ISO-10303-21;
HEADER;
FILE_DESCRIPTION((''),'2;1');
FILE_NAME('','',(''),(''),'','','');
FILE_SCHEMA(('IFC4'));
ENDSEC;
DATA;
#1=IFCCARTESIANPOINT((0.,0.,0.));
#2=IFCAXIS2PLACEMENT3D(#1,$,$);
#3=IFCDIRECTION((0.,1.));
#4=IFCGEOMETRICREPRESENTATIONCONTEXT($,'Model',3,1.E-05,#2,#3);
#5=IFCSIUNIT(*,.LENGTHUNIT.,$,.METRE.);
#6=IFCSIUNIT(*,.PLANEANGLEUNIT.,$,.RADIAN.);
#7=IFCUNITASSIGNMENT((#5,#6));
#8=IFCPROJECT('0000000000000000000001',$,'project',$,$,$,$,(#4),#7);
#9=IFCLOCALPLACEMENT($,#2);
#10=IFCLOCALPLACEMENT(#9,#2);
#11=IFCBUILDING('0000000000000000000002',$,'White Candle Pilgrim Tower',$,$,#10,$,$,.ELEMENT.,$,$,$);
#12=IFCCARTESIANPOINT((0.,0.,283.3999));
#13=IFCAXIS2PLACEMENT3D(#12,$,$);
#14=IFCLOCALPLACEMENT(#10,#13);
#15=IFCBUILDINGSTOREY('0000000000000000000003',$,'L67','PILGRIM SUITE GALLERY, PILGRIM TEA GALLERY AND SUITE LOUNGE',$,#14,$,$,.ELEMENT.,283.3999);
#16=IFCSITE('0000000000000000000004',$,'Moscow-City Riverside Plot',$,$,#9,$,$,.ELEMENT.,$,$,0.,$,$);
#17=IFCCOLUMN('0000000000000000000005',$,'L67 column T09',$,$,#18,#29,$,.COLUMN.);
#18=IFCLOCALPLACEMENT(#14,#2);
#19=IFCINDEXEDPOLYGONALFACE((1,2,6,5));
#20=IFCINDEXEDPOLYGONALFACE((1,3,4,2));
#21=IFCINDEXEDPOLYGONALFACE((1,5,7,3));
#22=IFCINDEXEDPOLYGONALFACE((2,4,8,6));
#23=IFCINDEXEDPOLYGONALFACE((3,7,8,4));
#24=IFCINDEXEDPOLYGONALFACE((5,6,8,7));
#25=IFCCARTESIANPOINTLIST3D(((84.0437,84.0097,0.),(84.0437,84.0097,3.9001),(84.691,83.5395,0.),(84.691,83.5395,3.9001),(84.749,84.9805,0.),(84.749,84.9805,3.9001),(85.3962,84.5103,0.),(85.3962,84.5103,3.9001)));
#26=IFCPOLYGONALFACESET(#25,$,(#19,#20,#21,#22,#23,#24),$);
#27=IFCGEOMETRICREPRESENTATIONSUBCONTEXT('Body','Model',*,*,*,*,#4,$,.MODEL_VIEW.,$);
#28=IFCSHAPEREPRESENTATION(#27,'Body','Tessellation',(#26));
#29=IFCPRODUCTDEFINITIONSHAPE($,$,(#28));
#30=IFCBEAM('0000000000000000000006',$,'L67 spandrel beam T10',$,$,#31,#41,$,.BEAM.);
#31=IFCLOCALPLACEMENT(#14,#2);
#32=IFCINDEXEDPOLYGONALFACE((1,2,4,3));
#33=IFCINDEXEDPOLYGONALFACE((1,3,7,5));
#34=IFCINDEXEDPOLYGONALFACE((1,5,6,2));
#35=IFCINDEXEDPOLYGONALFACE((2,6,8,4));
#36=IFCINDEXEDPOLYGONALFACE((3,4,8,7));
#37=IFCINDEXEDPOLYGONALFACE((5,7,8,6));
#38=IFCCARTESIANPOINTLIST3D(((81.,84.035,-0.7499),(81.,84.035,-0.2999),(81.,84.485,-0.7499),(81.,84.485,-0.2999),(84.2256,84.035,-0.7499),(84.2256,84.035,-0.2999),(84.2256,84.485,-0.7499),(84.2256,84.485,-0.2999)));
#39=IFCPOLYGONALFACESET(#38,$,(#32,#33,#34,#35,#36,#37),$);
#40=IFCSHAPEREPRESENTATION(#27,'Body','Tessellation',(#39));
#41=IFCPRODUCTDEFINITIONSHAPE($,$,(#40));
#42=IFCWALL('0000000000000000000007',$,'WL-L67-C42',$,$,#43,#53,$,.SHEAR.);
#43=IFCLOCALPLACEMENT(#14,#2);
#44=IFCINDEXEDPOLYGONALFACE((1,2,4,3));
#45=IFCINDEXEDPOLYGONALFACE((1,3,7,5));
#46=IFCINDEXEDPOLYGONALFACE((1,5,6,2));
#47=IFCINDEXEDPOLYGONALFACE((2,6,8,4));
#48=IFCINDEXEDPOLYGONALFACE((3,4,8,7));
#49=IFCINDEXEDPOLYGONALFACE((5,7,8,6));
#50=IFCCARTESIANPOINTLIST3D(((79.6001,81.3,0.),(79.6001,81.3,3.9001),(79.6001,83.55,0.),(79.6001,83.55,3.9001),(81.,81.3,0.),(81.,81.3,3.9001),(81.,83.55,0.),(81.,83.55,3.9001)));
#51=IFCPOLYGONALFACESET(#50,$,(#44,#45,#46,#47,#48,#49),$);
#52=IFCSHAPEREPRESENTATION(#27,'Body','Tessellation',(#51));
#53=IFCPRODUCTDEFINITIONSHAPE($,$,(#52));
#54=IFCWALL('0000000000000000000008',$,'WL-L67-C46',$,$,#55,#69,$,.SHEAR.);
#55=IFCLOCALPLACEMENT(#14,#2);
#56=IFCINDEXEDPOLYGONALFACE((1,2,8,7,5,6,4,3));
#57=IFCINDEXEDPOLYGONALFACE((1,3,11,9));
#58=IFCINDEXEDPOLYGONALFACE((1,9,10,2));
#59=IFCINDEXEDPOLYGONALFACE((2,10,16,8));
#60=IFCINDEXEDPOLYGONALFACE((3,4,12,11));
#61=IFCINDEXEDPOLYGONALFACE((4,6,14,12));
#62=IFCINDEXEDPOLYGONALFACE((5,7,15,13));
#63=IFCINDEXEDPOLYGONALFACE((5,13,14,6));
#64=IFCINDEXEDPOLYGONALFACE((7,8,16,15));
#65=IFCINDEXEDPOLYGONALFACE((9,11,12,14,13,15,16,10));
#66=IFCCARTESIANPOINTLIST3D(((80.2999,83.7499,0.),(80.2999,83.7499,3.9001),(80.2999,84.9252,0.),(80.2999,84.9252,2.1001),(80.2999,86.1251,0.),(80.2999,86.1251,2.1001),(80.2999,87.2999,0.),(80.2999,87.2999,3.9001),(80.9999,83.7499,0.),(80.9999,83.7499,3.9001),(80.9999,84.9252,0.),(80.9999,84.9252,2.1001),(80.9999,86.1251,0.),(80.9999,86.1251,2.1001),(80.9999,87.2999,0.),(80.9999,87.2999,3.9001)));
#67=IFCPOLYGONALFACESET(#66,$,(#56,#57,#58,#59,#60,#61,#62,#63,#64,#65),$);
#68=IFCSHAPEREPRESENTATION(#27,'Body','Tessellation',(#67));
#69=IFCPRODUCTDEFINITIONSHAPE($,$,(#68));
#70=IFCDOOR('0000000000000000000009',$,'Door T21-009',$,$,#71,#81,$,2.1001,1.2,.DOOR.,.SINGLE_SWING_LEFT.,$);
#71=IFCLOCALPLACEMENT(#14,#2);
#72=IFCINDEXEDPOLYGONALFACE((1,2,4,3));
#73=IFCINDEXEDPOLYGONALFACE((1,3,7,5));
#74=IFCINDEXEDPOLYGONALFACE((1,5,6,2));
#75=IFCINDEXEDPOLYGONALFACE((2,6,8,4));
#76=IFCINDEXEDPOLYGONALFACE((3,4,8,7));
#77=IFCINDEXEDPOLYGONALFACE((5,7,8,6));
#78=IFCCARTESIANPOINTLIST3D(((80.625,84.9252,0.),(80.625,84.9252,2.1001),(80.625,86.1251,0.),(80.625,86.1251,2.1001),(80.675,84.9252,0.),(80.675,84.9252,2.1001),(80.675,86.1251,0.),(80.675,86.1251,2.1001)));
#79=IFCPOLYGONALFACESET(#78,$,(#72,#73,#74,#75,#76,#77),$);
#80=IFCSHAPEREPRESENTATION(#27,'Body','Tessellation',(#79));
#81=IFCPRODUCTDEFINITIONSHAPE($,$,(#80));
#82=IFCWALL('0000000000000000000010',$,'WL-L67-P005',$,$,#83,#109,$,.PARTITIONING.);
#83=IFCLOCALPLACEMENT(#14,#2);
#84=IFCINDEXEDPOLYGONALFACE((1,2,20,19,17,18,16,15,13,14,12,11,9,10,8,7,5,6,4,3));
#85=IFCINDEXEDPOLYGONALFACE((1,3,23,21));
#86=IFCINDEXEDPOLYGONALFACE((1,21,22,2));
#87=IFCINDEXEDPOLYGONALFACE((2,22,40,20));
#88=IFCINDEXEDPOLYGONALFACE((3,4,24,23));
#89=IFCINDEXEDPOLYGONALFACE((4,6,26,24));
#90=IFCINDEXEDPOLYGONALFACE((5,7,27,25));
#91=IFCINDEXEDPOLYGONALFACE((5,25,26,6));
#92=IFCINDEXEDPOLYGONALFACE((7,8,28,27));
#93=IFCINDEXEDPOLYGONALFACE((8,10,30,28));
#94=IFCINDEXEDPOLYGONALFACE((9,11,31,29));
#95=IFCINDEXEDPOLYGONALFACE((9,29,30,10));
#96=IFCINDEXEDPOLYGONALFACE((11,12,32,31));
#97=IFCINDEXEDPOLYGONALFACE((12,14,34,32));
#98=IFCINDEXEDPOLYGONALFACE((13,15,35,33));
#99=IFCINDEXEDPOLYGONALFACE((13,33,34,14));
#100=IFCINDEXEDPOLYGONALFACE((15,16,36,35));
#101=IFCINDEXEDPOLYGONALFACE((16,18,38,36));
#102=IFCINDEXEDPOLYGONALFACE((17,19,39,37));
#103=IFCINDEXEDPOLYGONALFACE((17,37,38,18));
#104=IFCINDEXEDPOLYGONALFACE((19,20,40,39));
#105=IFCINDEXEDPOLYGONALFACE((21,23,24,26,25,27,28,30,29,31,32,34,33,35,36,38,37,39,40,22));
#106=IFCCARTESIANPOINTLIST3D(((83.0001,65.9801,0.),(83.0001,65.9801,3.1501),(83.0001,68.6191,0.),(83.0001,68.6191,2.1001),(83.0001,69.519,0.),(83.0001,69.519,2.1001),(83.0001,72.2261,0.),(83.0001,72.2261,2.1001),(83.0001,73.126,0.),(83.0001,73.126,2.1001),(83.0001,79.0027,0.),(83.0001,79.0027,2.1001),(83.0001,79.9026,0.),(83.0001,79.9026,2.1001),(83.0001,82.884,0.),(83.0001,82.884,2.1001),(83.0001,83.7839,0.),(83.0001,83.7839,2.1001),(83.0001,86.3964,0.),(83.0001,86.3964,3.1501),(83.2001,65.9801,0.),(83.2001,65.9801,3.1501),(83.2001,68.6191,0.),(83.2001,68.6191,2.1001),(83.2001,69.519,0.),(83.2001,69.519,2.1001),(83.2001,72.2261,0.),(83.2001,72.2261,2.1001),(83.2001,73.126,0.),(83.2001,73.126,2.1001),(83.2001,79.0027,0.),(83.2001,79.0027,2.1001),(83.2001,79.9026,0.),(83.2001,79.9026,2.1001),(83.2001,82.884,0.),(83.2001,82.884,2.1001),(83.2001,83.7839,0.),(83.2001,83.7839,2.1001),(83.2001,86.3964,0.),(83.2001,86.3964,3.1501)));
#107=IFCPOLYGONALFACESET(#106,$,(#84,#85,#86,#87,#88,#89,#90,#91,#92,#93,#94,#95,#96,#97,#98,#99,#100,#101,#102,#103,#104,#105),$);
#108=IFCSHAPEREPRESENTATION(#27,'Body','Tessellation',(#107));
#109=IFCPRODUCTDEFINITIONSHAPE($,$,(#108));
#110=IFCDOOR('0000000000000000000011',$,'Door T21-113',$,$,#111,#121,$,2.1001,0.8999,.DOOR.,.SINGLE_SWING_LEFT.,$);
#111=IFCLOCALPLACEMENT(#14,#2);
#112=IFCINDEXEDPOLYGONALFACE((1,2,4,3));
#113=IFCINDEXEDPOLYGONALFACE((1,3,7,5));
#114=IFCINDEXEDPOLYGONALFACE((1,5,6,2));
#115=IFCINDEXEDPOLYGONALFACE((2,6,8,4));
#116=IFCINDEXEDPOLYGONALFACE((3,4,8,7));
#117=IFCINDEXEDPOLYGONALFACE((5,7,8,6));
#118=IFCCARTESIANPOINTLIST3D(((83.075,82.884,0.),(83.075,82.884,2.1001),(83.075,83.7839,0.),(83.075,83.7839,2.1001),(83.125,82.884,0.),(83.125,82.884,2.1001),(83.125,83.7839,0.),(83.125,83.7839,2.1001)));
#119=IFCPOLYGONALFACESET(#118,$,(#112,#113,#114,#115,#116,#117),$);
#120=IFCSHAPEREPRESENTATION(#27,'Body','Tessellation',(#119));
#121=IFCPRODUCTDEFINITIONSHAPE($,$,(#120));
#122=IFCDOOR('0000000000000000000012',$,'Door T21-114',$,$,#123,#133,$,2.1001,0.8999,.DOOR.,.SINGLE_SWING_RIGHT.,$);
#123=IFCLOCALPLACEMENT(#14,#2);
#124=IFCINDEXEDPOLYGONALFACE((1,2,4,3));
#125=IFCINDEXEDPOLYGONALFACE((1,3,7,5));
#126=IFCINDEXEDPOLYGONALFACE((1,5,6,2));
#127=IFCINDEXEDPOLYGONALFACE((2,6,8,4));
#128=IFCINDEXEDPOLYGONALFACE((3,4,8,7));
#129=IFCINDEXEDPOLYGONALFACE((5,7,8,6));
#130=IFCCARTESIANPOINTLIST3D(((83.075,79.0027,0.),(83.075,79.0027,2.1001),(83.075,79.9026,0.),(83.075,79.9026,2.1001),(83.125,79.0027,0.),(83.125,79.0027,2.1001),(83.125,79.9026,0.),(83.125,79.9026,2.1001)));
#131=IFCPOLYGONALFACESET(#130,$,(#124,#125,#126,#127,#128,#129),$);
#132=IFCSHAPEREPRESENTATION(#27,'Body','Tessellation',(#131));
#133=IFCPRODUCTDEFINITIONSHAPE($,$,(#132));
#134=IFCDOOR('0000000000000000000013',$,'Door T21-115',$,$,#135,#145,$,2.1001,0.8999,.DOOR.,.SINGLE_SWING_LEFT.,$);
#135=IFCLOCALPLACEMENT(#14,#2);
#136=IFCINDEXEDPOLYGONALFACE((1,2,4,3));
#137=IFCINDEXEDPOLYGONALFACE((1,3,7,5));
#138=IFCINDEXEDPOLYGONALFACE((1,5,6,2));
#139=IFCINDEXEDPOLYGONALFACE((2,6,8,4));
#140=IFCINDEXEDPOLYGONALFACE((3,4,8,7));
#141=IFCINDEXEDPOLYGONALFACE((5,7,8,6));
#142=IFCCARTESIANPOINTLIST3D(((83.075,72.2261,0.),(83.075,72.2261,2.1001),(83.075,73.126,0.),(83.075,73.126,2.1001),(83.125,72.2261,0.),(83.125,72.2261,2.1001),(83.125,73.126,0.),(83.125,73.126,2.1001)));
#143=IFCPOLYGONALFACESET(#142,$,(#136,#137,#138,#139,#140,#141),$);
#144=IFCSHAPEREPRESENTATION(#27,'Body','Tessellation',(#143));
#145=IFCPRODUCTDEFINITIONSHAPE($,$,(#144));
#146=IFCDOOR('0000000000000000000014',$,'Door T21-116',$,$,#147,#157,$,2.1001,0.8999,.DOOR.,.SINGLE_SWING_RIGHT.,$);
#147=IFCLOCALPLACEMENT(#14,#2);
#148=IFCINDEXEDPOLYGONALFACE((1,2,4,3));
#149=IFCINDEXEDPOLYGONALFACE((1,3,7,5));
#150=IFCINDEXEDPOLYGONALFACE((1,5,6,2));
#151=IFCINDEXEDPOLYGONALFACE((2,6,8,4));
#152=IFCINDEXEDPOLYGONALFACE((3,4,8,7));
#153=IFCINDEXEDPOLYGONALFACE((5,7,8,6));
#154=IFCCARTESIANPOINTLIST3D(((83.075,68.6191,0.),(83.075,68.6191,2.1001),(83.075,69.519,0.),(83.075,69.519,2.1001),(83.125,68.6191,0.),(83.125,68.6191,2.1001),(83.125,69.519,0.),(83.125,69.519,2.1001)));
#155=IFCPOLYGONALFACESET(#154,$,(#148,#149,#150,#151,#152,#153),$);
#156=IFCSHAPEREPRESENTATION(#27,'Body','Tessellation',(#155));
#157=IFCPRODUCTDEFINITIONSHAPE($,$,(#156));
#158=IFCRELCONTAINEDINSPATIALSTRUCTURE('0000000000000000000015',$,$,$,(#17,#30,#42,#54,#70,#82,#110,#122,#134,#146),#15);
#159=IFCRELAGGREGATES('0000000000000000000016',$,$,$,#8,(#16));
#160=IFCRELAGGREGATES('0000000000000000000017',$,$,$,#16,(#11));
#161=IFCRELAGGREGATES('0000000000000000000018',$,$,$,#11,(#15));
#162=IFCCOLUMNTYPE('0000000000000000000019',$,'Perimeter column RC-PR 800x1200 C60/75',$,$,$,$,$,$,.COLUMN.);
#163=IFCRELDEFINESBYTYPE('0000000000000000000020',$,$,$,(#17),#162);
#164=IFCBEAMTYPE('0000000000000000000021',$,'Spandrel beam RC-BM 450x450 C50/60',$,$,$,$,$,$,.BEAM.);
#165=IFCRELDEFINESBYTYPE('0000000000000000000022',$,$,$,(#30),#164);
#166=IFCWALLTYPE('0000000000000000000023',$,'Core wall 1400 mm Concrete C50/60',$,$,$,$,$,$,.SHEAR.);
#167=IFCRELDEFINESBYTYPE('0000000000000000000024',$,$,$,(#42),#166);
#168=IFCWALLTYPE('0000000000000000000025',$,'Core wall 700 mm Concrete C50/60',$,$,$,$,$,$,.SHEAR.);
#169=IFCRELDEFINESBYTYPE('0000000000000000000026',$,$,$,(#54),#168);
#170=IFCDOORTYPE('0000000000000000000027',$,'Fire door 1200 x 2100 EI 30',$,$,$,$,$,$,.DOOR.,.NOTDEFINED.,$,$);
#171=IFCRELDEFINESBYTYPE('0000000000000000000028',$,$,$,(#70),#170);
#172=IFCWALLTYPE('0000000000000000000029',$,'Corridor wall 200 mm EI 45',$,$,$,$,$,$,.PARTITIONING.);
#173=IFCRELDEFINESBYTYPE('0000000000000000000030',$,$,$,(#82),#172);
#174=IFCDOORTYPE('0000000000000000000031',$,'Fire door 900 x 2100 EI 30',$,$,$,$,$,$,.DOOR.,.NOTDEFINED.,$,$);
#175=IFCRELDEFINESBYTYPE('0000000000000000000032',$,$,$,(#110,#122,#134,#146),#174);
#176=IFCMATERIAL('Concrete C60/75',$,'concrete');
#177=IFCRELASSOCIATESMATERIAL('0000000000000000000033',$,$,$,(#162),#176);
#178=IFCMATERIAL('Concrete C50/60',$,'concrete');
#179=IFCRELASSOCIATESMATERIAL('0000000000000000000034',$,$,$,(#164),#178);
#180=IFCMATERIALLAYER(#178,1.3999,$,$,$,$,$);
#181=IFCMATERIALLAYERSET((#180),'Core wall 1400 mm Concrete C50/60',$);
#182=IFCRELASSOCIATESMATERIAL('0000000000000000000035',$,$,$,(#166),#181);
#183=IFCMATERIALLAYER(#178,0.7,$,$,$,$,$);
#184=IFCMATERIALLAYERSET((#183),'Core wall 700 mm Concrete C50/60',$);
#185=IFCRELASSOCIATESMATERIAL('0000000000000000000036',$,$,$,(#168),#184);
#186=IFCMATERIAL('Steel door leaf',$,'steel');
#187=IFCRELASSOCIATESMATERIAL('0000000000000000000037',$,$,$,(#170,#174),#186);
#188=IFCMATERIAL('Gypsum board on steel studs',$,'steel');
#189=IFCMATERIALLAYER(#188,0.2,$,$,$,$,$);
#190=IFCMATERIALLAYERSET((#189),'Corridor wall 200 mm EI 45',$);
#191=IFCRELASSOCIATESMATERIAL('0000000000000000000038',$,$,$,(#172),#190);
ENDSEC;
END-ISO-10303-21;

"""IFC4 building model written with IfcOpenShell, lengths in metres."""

from ifc_helpers import new_model, si_unit, direction, frame, frame_2d, origin, origin_2d, place, context, subcontext, project, spatial, rectangle, extrude, material, layer, layer_set, material_profile, profile_set, type_object, element, fill, save


model = new_model("IFC4")

# Units and contexts
model_context = context("Model", 3, precision=1e-05, world=origin(), true_north=direction((0.0, 1.0)))
body_context = subcontext(model_context, "Body", "Model", "MODEL_VIEW")
ifc_project = project(units=[si_unit("LENGTHUNIT", "METRE"), si_unit("PLANEANGLEUNIT", "RADIAN")], contexts=[model_context])

# Site, building, storey
site_placement = place(None, origin())
site = spatial("IfcSite", under=ifc_project, at=site_placement, Name="Moscow-City Riverside Plot", CompositionType="ELEMENT", RefElevation=0.0)
building_placement = place(site_placement, origin())
building = spatial("IfcBuilding", under=site, at=building_placement, Name="White Candle Pilgrim Tower", CompositionType="ELEMENT")
storey_placement = place(building_placement, frame((0.0, 0.0, 283.3999)))
storey = spatial("IfcBuildingStorey", under=building, at=storey_placement, Name="L67", Description="PILGRIM SUITE GALLERY, PILGRIM TEA GALLERY AND SUITE LOUNGE", CompositionType="ELEMENT", Elevation=283.3999)

# Column
ifc_material_1 = material(Name="Concrete C60/75", Category="concrete")
ifc_material_profile_1 = material_profile(ifc_material_1, rectangle(XDim=0.8, YDim=1.2, at=origin_2d()), Name="RC-PR 800x1200")
ifc_profile_set_1 = profile_set([ifc_material_profile_1], Name="Concrete C60/75")
column_type = type_object("IfcColumnType", Name="Perimeter column RC-PR 800x1200 C60/75", PredefinedType="COLUMN", material=ifc_profile_set_1)
column_placement = place(storey_placement, frame((84.72, 84.26, 0.0), z_axis=(0.0, 0.0, 1.0), x_axis=(0.809027, -0.587771, 0.0)))
element("IfcColumn", 1, at=column_placement, inside=storey, type_object=column_type, Name="L67 column T09", PredefinedType="COLUMN", context=body_context, shape_type="SweptSolid", body=[
    extrude(rectangle(XDim=0.8, YDim=1.2, at=origin_2d()), origin(), (0.0, 0.0, 1.0), 3.9001),
])

# Beam
ifc_material_2 = material(Name="Concrete C50/60", Category="concrete")
ifc_material_profile_2 = material_profile(ifc_material_2, rectangle(XDim=0.45, YDim=0.45, at=origin_2d()), Name="RC-BM 450x450")
ifc_profile_set_2 = profile_set([ifc_material_profile_2], Name="Concrete C50/60")
beam_type = type_object("IfcBeamType", Name="Spandrel beam RC-BM 450x450 C50/60", PredefinedType="BEAM", material=ifc_profile_set_2)
beam_placement = place(storey_placement, frame((84.2256, 84.26, -0.5249), z_axis=(-1.0, 0.0, 0.0), x_axis=(0.0, -1.0, 0.0)))
element("IfcBeam", 2, at=beam_placement, inside=storey, type_object=beam_type, Name="L67 spandrel beam T10", PredefinedType="BEAM", context=body_context, shape_type="SweptSolid", body=[
    extrude(rectangle(XDim=0.45, YDim=0.45, at=origin_2d()), origin(), (0.0, 0.0, 1.0), 3.2256),
])

# Wall
ifc_layer_1 = layer(ifc_material_2, 1.3999)
ifc_layer_set_1 = layer_set([ifc_layer_1], Name="Core wall 1400 mm Concrete C50/60")
wall_type_1 = type_object("IfcWallType", Name="Core wall 1400 mm Concrete C50/60", PredefinedType="SHEAR", material=ifc_layer_set_1)
wall_1_placement = place(storey_placement, frame((80.3, 81.3, 0.0), z_axis=(0.0, 0.0, 1.0), x_axis=(0.0, 1.0, 0.0)))
element("IfcWall", 3, at=wall_1_placement, inside=storey, type_object=wall_type_1, Name="WL-L67-C42", PredefinedType="SHEAR", context=body_context, shape_type="SweptSolid", body=[
    extrude(rectangle(XDim=2.25, YDim=1.3999, at=frame_2d((1.125, 0.0))), origin(), (0.0, 0.0, 1.0), 3.9001),
])

# Wall, opening, door
ifc_layer_2 = layer(ifc_material_2, 0.7)
ifc_layer_set_2 = layer_set([ifc_layer_2], Name="Core wall 700 mm Concrete C50/60")
wall_type_2 = type_object("IfcWallType", Name="Core wall 700 mm Concrete C50/60", PredefinedType="SHEAR", material=ifc_layer_set_2)
wall_2_placement = place(storey_placement, frame((80.6499, 83.75, 0.0), z_axis=(0.0, 0.0, 1.0), x_axis=(0.0, 1.0, 0.0)))
wall_2 = element("IfcWall", 4, at=wall_2_placement, inside=storey, type_object=wall_type_2, Name="WL-L67-C46", PredefinedType="SHEAR", context=body_context, shape_type="SweptSolid", body=[
    extrude(rectangle(XDim=3.55, YDim=0.7, at=frame_2d((1.7749, 0.0))), origin(), (0.0, 0.0, 1.0), 3.9001),
])
opening_1_placement = place(wall_2_placement, frame((1.175, 0.0, 0.0)))
opening_1 = element("IfcOpeningElement", 5, at=opening_1_placement, cuts=wall_2, PredefinedType="OPENING", context=body_context, shape_type="SweptSolid", body=[
    extrude(rectangle(XDim=1.2, YDim=2.1001, at=frame_2d((0.6001, 1.05))), frame((0.0, 0.3599, 0.0), z_axis=(0.0, -1.0, 0.0), x_axis=(1.0, 0.0, 0.0)), (0.0, 0.0, 1.0), 0.72),
])
ifc_material_3 = material(Name="Steel door leaf", Category="steel")
door_type_1 = type_object("IfcDoorType", Name="Fire door 1200 x 2100 EI 30", OperationType="NOTDEFINED", PredefinedType="DOOR", material=ifc_material_3)
door_1_placement = place(opening_1_placement, origin())
door_1 = element("IfcDoor", 6, at=door_1_placement, inside=storey, type_object=door_type_1, Name="Door T21-009", OperationType="SINGLE_SWING_LEFT", OverallHeight=2.1001, OverallWidth=1.2, PredefinedType="DOOR", context=body_context, shape_type="SweptSolid", body=[
    extrude(rectangle(XDim=1.2, YDim=2.1001, at=frame_2d((0.6001, 1.05))), frame((0.0, 0.0249, 0.0), z_axis=(0.0, -1.0, 0.0), x_axis=(1.0, 0.0, 0.0)), (0.0, 0.0, 1.0), 0.05),
])
fill(opening_1, door_1)

# Wall, openings, doors
ifc_material_4 = material(Name="Gypsum board on steel studs", Category="steel")
ifc_layer_3 = layer(ifc_material_4, 0.2)
ifc_layer_set_3 = layer_set([ifc_layer_3], Name="Corridor wall 200 mm EI 45")
wall_type_3 = type_object("IfcWallType", Name="Corridor wall 200 mm EI 45", PredefinedType="PARTITIONING", material=ifc_layer_set_3)
wall_3_placement = place(storey_placement, frame((83.1001, 86.3962, 0.0), z_axis=(0.0, 0.0, 1.0), x_axis=(0.0, -1.0, 0.0)))
wall_3 = element("IfcWall", 7, at=wall_3_placement, inside=storey, type_object=wall_type_3, Name="WL-L67-P005", PredefinedType="PARTITIONING", context=body_context, shape_type="SweptSolid", body=[
    extrude(rectangle(XDim=20.4163, YDim=0.2, at=frame_2d((10.208, 0.0))), origin(), (0.0, 0.0, 1.0), 3.1501),
])
opening_2_placement = place(wall_3_placement, frame((2.6123, 0.0, 0.0)))
opening_2 = element("IfcOpeningElement", 8, at=opening_2_placement, cuts=wall_3, PredefinedType="OPENING", context=body_context, shape_type="SweptSolid", body=[
    extrude(rectangle(XDim=0.8999, YDim=2.1001, at=frame_2d((0.45, 1.05))), frame((0.0, 0.1099, 0.0), z_axis=(0.0, -1.0, 0.0), x_axis=(1.0, 0.0, 0.0)), (0.0, 0.0, 1.0), 0.22),
])
opening_3_placement = place(wall_3_placement, frame((6.4937, 0.0, 0.0)))
opening_3 = element("IfcOpeningElement", 9, at=opening_3_placement, cuts=wall_3, PredefinedType="OPENING", context=body_context, shape_type="SweptSolid", body=[
    extrude(rectangle(XDim=0.8999, YDim=2.1001, at=frame_2d((0.45, 1.05))), frame((0.0, 0.1099, 0.0), z_axis=(0.0, -1.0, 0.0), x_axis=(1.0, 0.0, 0.0)), (0.0, 0.0, 1.0), 0.22),
])
opening_4_placement = place(wall_3_placement, frame((13.2703, 0.0, 0.0)))
opening_4 = element("IfcOpeningElement", 10, at=opening_4_placement, cuts=wall_3, PredefinedType="OPENING", context=body_context, shape_type="SweptSolid", body=[
    extrude(rectangle(XDim=0.8999, YDim=2.1001, at=frame_2d((0.45, 1.05))), frame((0.0, 0.1099, 0.0), z_axis=(0.0, -1.0, 0.0), x_axis=(1.0, 0.0, 0.0)), (0.0, 0.0, 1.0), 0.22),
])
opening_5_placement = place(wall_3_placement, frame((16.8772, 0.0, 0.0)))
opening_5 = element("IfcOpeningElement", 11, at=opening_5_placement, cuts=wall_3, PredefinedType="OPENING", context=body_context, shape_type="SweptSolid", body=[
    extrude(rectangle(XDim=0.8999, YDim=2.1001, at=frame_2d((0.45, 1.05))), frame((0.0, 0.1099, 0.0), z_axis=(0.0, -1.0, 0.0), x_axis=(1.0, 0.0, 0.0)), (0.0, 0.0, 1.0), 0.22),
])
door_type_2 = type_object("IfcDoorType", Name="Fire door 900 x 2100 EI 30", OperationType="NOTDEFINED", PredefinedType="DOOR", material=ifc_material_3)
door_2_placement = place(opening_2_placement, origin())
door_2 = element("IfcDoor", 12, at=door_2_placement, inside=storey, type_object=door_type_2, Name="Door T21-113", OperationType="SINGLE_SWING_LEFT", OverallHeight=2.1001, OverallWidth=0.8999, PredefinedType="DOOR", context=body_context, shape_type="SweptSolid", body=[
    extrude(rectangle(XDim=0.8999, YDim=2.1001, at=frame_2d((0.45, 1.05))), frame((0.0, 0.0249, 0.0), z_axis=(0.0, -1.0, 0.0), x_axis=(1.0, 0.0, 0.0)), (0.0, 0.0, 1.0), 0.05),
])
fill(opening_2, door_2)
door_3_placement = place(opening_3_placement, origin())
door_3 = element("IfcDoor", 13, at=door_3_placement, inside=storey, type_object=door_type_2, Name="Door T21-114", OperationType="SINGLE_SWING_RIGHT", OverallHeight=2.1001, OverallWidth=0.8999, PredefinedType="DOOR", context=body_context, shape_type="SweptSolid", body=[
    extrude(rectangle(XDim=0.8999, YDim=2.1001, at=frame_2d((0.45, 1.05))), frame((0.0, 0.0249, 0.0), z_axis=(0.0, -1.0, 0.0), x_axis=(1.0, 0.0, 0.0)), (0.0, 0.0, 1.0), 0.05),
])
fill(opening_3, door_3)
door_4_placement = place(opening_4_placement, origin())
door_4 = element("IfcDoor", 14, at=door_4_placement, inside=storey, type_object=door_type_2, Name="Door T21-115", OperationType="SINGLE_SWING_LEFT", OverallHeight=2.1001, OverallWidth=0.8999, PredefinedType="DOOR", context=body_context, shape_type="SweptSolid", body=[
    extrude(rectangle(XDim=0.8999, YDim=2.1001, at=frame_2d((0.45, 1.05))), frame((0.0, 0.0249, 0.0), z_axis=(0.0, -1.0, 0.0), x_axis=(1.0, 0.0, 0.0)), (0.0, 0.0, 1.0), 0.05),
])
fill(opening_4, door_4)
door_5_placement = place(opening_5_placement, origin())
door_5 = element("IfcDoor", 15, at=door_5_placement, inside=storey, type_object=door_type_2, Name="Door T21-116", OperationType="SINGLE_SWING_RIGHT", OverallHeight=2.1001, OverallWidth=0.8999, PredefinedType="DOOR", context=body_context, shape_type="SweptSolid", body=[
    extrude(rectangle(XDim=0.8999, YDim=2.1001, at=frame_2d((0.45, 1.05))), frame((0.0, 0.0249, 0.0), z_axis=(0.0, -1.0, 0.0), x_axis=(1.0, 0.0, 0.0)), (0.0, 0.0, 1.0), 0.05),
])
fill(opening_5, door_5)

save(model, "model.ifc")
